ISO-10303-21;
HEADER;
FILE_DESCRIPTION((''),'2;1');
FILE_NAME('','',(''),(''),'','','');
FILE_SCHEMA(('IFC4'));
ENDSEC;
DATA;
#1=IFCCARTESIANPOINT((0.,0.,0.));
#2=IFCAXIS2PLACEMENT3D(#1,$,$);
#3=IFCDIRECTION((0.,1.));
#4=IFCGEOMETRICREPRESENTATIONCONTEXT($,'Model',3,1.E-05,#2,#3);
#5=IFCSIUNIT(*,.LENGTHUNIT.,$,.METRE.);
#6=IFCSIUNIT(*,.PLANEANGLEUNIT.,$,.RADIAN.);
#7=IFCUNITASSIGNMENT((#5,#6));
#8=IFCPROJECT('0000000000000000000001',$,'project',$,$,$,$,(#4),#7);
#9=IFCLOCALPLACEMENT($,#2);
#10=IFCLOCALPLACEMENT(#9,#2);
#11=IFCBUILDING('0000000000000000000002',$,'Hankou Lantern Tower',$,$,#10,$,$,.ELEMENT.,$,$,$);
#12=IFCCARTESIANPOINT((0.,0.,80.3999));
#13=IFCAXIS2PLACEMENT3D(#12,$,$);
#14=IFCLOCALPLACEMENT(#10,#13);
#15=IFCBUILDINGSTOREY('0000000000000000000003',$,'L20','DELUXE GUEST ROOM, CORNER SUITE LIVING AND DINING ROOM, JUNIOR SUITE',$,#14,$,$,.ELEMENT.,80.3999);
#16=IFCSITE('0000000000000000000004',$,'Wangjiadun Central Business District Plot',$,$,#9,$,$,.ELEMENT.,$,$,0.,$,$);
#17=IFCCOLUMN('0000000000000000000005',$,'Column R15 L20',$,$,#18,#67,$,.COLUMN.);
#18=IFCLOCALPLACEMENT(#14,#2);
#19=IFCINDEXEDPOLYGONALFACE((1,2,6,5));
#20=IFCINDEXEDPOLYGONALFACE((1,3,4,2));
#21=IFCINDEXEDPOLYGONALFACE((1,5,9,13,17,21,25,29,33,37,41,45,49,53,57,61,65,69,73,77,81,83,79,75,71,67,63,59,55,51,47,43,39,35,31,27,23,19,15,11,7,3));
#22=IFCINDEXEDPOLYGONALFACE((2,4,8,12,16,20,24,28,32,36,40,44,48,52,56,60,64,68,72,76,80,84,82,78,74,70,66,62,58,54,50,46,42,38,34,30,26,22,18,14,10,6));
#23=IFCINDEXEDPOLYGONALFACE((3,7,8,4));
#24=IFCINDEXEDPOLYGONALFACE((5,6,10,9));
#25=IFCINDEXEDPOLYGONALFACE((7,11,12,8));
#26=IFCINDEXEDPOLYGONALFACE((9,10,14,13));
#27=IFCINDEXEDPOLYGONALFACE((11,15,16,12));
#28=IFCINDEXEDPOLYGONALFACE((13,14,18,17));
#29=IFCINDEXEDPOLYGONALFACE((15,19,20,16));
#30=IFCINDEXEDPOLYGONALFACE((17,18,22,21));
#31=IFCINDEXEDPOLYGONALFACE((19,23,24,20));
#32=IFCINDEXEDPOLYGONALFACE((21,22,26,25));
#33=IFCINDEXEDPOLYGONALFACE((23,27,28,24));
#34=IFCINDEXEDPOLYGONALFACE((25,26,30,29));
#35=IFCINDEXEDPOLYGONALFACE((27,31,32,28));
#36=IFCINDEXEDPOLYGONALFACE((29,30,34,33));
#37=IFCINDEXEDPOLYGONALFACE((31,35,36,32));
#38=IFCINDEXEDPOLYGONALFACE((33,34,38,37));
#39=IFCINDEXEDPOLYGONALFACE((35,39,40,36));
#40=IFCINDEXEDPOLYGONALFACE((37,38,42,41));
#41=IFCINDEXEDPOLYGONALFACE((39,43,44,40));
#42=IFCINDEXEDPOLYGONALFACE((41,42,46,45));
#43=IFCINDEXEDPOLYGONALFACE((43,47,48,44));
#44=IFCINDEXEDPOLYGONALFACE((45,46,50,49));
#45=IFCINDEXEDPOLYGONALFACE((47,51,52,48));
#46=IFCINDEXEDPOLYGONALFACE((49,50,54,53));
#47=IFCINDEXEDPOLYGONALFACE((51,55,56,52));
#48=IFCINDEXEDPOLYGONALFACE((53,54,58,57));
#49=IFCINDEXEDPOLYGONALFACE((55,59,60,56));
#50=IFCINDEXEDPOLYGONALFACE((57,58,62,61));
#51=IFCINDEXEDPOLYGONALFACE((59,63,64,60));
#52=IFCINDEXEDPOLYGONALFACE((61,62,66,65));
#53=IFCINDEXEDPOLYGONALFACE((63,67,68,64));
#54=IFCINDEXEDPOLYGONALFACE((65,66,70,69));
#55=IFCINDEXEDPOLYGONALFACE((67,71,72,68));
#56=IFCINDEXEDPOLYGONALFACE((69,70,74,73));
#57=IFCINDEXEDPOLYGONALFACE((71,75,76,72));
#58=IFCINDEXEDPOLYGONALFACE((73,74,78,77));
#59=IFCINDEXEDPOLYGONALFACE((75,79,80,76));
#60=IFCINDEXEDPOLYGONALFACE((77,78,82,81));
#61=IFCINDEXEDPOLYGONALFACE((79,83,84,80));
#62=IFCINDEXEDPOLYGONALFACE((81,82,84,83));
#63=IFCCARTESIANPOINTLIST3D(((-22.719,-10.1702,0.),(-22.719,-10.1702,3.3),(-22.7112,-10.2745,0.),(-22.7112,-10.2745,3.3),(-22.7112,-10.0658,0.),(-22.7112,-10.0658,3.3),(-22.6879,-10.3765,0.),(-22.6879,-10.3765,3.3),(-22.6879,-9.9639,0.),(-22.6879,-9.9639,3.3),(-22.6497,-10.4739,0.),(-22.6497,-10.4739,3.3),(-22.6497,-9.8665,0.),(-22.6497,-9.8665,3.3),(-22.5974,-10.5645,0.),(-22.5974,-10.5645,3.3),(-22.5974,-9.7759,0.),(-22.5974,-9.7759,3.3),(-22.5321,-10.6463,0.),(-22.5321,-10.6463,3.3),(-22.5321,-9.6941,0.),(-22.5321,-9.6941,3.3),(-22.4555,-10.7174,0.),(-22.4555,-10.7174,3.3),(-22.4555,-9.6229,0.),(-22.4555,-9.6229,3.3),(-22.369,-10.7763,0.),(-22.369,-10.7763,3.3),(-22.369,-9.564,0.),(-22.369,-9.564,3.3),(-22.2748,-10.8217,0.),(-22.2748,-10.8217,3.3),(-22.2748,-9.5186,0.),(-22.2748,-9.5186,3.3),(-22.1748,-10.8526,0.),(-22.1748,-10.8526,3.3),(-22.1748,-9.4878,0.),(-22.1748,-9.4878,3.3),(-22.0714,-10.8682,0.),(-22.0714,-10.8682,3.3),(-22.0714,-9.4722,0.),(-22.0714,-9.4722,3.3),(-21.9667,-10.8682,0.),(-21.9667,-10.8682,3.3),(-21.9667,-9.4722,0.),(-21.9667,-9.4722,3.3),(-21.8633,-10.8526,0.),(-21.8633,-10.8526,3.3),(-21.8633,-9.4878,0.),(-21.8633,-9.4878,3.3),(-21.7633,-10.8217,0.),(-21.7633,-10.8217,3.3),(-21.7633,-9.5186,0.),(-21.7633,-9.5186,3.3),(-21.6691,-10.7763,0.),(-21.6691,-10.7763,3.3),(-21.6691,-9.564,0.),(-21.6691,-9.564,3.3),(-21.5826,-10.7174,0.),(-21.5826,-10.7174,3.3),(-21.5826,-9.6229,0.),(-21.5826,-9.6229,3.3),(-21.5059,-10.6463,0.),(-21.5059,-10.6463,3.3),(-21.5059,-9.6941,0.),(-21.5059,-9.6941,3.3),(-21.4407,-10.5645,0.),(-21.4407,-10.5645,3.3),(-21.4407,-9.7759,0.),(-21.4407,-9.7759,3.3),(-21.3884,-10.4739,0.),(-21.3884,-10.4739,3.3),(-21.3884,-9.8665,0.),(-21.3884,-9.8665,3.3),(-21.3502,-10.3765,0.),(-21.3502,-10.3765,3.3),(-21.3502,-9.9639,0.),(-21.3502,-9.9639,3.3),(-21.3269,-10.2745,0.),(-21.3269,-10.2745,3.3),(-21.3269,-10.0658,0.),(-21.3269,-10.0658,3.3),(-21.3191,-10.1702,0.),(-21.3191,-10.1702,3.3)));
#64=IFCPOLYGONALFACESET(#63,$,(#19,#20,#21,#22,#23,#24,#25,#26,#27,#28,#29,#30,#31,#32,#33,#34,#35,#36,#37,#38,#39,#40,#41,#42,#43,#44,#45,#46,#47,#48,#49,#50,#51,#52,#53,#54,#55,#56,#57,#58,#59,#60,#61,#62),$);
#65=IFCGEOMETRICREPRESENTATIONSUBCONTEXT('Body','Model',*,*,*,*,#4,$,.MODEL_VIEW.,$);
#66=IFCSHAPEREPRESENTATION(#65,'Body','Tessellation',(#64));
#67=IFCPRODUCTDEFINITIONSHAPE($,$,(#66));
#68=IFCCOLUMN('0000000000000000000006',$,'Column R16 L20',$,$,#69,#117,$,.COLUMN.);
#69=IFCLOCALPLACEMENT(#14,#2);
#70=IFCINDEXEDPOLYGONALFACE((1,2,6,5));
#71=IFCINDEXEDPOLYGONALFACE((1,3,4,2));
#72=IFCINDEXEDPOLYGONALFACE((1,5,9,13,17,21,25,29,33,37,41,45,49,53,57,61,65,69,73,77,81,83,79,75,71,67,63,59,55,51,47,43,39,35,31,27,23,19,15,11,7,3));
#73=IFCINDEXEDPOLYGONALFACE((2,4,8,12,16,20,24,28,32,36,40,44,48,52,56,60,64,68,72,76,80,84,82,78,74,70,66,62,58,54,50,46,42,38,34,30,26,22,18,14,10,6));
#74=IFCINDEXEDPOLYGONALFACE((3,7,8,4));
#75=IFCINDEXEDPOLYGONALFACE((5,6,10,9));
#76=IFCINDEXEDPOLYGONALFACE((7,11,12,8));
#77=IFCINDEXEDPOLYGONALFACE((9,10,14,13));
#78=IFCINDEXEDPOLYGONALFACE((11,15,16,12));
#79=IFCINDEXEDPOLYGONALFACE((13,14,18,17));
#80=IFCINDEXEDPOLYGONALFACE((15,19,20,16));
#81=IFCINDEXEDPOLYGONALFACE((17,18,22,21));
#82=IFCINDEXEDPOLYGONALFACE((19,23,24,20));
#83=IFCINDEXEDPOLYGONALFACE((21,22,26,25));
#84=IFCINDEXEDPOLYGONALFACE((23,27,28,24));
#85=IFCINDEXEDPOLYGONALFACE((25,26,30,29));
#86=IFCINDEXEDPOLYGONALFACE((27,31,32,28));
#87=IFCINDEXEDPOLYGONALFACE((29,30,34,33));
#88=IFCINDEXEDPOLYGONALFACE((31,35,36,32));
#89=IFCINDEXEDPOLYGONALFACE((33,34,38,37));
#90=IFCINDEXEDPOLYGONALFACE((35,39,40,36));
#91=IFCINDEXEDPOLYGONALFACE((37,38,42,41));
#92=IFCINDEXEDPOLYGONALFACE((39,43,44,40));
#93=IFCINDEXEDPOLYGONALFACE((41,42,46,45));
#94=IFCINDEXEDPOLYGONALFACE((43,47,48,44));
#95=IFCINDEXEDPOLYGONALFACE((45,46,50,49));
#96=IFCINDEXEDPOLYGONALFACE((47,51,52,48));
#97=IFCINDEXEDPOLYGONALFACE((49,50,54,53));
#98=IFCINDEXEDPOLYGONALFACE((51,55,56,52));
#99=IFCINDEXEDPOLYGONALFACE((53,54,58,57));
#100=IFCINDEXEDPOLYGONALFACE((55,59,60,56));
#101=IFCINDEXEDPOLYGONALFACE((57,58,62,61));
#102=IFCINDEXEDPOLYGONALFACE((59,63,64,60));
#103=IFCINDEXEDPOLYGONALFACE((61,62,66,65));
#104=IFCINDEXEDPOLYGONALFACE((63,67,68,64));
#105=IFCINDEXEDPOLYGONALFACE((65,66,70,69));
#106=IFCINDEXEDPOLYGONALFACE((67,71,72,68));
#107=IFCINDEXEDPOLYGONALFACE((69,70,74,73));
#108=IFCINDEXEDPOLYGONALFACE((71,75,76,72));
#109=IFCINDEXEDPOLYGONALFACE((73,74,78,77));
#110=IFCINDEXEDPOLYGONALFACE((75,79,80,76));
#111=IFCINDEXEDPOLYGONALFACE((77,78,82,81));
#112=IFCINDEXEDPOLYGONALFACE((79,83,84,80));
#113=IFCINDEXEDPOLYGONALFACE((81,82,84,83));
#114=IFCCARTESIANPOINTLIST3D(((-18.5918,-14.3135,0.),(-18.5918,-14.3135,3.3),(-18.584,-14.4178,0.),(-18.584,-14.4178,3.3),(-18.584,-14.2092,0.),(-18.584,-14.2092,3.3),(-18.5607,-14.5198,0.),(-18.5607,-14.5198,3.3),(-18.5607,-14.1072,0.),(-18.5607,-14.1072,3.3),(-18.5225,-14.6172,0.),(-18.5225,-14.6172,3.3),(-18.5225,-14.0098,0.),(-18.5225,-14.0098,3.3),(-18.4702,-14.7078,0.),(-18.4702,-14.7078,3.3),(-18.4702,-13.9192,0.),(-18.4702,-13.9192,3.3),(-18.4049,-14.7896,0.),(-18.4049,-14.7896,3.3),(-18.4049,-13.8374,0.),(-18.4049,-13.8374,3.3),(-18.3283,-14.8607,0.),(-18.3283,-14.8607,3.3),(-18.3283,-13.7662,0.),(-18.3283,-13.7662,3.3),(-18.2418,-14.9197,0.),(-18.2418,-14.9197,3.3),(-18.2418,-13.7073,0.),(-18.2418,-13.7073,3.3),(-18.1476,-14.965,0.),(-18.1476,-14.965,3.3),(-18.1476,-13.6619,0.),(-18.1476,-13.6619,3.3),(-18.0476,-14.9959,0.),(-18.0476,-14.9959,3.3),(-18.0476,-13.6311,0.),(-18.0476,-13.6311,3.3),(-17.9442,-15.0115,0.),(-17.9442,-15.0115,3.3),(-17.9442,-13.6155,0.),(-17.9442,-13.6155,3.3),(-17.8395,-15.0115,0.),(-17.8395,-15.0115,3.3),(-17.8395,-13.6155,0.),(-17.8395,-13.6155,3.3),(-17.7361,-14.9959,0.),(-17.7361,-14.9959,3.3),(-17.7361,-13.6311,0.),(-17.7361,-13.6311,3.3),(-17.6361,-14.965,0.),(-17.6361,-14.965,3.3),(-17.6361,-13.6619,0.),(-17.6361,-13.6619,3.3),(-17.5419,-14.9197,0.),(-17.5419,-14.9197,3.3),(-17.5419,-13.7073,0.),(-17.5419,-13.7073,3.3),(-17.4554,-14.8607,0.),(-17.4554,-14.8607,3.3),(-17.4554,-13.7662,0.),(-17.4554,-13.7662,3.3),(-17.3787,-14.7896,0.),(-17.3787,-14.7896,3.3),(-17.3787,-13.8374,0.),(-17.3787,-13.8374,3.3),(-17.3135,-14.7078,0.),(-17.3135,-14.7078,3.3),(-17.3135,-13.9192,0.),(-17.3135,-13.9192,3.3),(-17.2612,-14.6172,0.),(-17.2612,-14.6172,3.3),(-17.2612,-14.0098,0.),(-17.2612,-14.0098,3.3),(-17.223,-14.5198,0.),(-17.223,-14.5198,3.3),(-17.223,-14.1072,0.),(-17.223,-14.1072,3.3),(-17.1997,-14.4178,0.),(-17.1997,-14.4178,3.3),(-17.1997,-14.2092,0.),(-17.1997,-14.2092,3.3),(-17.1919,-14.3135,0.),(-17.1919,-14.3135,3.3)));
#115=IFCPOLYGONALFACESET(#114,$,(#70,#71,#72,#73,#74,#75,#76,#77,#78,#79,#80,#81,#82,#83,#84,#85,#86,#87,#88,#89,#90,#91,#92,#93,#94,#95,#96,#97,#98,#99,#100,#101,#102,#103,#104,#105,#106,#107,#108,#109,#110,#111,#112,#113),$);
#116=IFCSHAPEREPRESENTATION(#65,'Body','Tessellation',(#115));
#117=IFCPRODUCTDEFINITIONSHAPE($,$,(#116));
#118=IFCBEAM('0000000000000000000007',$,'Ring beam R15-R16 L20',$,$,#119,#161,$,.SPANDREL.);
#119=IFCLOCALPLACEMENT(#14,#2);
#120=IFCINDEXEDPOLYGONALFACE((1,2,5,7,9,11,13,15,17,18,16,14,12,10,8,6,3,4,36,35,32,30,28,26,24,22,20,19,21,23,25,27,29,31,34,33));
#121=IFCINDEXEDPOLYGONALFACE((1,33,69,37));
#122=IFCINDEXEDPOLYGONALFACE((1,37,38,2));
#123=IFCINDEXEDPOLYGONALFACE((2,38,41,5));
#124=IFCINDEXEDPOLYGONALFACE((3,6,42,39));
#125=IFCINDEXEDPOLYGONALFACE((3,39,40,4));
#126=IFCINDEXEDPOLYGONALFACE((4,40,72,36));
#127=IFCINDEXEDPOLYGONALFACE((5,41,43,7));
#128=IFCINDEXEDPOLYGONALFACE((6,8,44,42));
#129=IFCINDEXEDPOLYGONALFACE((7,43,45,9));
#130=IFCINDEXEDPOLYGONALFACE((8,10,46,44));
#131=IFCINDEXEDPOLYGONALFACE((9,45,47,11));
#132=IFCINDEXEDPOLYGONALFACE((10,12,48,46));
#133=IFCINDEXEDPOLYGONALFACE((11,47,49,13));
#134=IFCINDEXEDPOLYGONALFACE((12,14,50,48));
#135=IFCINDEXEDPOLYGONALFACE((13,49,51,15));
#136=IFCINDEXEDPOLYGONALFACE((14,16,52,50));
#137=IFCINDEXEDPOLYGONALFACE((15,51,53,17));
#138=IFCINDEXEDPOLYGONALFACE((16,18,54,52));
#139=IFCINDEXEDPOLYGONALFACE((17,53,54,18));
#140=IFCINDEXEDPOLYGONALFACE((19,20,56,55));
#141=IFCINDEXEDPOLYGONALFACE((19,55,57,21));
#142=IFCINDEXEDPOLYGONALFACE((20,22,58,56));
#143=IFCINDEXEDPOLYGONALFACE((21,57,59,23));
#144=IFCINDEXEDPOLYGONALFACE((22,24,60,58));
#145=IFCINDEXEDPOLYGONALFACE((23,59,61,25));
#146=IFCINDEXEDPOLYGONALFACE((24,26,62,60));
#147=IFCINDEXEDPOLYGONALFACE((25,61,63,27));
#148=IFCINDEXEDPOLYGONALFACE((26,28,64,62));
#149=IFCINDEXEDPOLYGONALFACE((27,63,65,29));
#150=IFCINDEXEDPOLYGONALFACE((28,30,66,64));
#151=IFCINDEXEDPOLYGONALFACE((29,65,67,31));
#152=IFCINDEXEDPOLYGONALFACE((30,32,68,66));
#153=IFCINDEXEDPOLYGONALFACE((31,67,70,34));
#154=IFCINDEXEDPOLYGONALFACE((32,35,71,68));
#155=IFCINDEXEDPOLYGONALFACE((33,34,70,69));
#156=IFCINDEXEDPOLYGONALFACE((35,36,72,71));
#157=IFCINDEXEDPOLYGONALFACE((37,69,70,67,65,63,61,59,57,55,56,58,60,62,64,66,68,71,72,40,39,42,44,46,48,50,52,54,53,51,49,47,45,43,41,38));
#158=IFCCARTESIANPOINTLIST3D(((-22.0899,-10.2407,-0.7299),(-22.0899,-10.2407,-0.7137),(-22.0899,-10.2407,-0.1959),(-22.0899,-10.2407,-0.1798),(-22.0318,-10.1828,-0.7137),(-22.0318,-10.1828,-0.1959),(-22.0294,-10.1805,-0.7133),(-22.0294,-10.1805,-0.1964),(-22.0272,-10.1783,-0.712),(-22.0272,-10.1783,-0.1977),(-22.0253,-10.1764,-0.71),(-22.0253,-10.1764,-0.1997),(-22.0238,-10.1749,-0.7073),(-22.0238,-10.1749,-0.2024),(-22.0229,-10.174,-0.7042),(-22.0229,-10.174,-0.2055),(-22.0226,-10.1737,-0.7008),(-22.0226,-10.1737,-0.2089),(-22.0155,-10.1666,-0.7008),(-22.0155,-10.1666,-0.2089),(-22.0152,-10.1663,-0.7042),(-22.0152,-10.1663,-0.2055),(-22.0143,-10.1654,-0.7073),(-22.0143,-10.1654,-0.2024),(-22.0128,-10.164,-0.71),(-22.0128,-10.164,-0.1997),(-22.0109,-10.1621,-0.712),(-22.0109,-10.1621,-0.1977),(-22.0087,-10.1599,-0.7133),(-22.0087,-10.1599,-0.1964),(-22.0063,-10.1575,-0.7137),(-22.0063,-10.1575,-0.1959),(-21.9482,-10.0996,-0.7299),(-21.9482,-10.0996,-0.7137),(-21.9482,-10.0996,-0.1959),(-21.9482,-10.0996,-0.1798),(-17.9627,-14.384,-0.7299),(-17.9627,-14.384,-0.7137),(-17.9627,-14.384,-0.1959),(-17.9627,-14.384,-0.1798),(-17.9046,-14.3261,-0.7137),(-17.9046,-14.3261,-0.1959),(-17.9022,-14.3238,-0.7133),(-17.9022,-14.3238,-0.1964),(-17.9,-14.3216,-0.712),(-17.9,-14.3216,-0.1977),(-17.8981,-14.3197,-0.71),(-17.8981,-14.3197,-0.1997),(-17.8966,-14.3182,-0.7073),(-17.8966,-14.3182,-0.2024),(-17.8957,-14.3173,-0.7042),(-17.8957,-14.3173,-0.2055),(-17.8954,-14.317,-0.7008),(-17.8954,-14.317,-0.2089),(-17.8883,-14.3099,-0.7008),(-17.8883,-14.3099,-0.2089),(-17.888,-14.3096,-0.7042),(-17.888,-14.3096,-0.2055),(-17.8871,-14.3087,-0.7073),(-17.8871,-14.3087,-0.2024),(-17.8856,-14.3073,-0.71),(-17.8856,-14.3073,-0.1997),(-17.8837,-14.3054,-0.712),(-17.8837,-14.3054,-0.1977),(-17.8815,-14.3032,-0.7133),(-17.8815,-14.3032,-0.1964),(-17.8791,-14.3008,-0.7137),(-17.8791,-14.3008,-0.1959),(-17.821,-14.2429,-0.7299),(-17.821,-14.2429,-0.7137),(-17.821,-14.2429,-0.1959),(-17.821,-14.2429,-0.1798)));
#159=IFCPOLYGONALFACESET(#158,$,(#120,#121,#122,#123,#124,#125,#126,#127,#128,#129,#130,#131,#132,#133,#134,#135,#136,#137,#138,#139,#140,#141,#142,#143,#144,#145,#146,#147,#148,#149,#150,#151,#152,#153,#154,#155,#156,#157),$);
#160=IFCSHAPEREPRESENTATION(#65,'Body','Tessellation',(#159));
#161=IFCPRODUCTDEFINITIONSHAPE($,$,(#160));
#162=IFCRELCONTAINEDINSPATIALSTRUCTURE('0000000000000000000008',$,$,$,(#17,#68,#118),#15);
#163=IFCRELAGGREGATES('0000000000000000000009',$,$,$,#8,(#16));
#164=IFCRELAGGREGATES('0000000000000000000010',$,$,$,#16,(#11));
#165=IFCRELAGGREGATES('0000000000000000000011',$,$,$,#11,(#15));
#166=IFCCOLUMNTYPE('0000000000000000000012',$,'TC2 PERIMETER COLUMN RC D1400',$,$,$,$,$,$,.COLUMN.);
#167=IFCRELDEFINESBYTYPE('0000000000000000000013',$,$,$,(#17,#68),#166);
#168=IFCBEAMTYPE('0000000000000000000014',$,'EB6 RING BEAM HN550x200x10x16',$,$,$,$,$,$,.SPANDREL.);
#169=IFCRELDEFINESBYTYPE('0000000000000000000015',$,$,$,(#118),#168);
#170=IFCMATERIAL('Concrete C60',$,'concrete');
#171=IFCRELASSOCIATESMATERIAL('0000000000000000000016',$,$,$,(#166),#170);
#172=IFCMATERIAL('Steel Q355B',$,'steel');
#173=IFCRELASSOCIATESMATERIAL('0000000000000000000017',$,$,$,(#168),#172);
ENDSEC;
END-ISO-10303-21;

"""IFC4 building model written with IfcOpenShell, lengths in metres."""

from ifc_helpers import new_model, si_unit, direction, frame, origin, origin_2d, place, context, subcontext, project, spatial, circle, i_section, extrude, material, material_profile, profile_set, type_object, element, save


model = new_model("IFC4")

# Units and contexts
model_context = context("Model", 3, precision=1e-05, world=origin(), true_north=direction((0.0, 1.0)))
body_context = subcontext(model_context, "Body", "Model", "MODEL_VIEW")
ifc_project = project(units=[si_unit("LENGTHUNIT", "METRE"), si_unit("PLANEANGLEUNIT", "RADIAN")], contexts=[model_context])

# Site, building, storey
site_placement = place(None, origin())
site = spatial("IfcSite", under=ifc_project, at=site_placement, Name="Wangjiadun Central Business District Plot", CompositionType="ELEMENT", RefElevation=0.0)
building_placement = place(site_placement, origin())
building = spatial("IfcBuilding", under=site, at=building_placement, Name="Hankou Lantern Tower", CompositionType="ELEMENT")
storey_placement = place(building_placement, frame((0.0, 0.0, 80.3999)))
storey = spatial("IfcBuildingStorey", under=building, at=storey_placement, Name="L20", Description="DELUXE GUEST ROOM, CORNER SUITE LIVING AND DINING ROOM, JUNIOR SUITE", CompositionType="ELEMENT", Elevation=80.3999)

# Columns
ifc_material_1 = material(Name="Concrete C60", Category="concrete")
ifc_material_profile_1 = material_profile(ifc_material_1, circle(Radius=0.7, at=origin_2d()), Name="RC D1400")
ifc_profile_set_1 = profile_set([ifc_material_profile_1], Name="Concrete C60")
column_type = type_object("IfcColumnType", Name="TC2 PERIMETER COLUMN RC D1400", PredefinedType="COLUMN", material=ifc_profile_set_1)
for number, where, z_axis, x_axis, name in (
    (1, (-22.019, -10.1702, 0.0), (0.0, 0.0, 1.0), (1.0, 0.0, 0.0), "Column R15 L20"),
    (2, (-17.8918, -14.3135, 0.0), (0.0, 0.0, 1.0), (1.0, 0.0, 0.0), "Column R16 L20"),
):
    element("IfcColumn", number, at=place(storey_placement, frame(where, z_axis=z_axis, x_axis=x_axis)), inside=storey, type_object=column_type, Name=name, PredefinedType="COLUMN", context=body_context, shape_type="SweptSolid", body=[
        extrude(circle(Radius=0.7, at=origin_2d()), origin(), (0.0, 0.0, 1.0), 3.3),
    ])

# Beam
ifc_material_2 = material(Name="Steel Q355B", Category="steel")
ifc_material_profile_2 = material_profile(ifc_material_2, i_section(OverallWidth=0.2, OverallDepth=0.55, WebThickness=0.01, FlangeThickness=0.0161, FilletRadius=0.0129, at=origin_2d()), Name="HN550x200x10x16")
ifc_profile_set_2 = profile_set([ifc_material_profile_2], Name="Steel Q355B")
beam_type_1 = type_object("IfcBeamType", Name="EB6 RING BEAM HN550x200x10x16", PredefinedType="SPANDREL", material=ifc_profile_set_2)
beam_1_placement = place(storey_placement, frame((-22.019, -10.1702, -0.4548), z_axis=(0.705728, -0.708483, 0.0), x_axis=(0.708483, 0.705728, 0.0)))
element("IfcBeam", 3, at=beam_1_placement, inside=storey, type_object=beam_type_1, Name="Ring beam R15-R16 L20", PredefinedType="SPANDREL", context=body_context, shape_type="SweptSolid", body=[
    extrude(i_section(OverallWidth=0.2, OverallDepth=0.55, WebThickness=0.01, FlangeThickness=0.0161, FilletRadius=0.0129, at=origin_2d()), origin(), (0.0, 0.0, 1.0), 5.8481),
])

save(model, "model.ifc")
